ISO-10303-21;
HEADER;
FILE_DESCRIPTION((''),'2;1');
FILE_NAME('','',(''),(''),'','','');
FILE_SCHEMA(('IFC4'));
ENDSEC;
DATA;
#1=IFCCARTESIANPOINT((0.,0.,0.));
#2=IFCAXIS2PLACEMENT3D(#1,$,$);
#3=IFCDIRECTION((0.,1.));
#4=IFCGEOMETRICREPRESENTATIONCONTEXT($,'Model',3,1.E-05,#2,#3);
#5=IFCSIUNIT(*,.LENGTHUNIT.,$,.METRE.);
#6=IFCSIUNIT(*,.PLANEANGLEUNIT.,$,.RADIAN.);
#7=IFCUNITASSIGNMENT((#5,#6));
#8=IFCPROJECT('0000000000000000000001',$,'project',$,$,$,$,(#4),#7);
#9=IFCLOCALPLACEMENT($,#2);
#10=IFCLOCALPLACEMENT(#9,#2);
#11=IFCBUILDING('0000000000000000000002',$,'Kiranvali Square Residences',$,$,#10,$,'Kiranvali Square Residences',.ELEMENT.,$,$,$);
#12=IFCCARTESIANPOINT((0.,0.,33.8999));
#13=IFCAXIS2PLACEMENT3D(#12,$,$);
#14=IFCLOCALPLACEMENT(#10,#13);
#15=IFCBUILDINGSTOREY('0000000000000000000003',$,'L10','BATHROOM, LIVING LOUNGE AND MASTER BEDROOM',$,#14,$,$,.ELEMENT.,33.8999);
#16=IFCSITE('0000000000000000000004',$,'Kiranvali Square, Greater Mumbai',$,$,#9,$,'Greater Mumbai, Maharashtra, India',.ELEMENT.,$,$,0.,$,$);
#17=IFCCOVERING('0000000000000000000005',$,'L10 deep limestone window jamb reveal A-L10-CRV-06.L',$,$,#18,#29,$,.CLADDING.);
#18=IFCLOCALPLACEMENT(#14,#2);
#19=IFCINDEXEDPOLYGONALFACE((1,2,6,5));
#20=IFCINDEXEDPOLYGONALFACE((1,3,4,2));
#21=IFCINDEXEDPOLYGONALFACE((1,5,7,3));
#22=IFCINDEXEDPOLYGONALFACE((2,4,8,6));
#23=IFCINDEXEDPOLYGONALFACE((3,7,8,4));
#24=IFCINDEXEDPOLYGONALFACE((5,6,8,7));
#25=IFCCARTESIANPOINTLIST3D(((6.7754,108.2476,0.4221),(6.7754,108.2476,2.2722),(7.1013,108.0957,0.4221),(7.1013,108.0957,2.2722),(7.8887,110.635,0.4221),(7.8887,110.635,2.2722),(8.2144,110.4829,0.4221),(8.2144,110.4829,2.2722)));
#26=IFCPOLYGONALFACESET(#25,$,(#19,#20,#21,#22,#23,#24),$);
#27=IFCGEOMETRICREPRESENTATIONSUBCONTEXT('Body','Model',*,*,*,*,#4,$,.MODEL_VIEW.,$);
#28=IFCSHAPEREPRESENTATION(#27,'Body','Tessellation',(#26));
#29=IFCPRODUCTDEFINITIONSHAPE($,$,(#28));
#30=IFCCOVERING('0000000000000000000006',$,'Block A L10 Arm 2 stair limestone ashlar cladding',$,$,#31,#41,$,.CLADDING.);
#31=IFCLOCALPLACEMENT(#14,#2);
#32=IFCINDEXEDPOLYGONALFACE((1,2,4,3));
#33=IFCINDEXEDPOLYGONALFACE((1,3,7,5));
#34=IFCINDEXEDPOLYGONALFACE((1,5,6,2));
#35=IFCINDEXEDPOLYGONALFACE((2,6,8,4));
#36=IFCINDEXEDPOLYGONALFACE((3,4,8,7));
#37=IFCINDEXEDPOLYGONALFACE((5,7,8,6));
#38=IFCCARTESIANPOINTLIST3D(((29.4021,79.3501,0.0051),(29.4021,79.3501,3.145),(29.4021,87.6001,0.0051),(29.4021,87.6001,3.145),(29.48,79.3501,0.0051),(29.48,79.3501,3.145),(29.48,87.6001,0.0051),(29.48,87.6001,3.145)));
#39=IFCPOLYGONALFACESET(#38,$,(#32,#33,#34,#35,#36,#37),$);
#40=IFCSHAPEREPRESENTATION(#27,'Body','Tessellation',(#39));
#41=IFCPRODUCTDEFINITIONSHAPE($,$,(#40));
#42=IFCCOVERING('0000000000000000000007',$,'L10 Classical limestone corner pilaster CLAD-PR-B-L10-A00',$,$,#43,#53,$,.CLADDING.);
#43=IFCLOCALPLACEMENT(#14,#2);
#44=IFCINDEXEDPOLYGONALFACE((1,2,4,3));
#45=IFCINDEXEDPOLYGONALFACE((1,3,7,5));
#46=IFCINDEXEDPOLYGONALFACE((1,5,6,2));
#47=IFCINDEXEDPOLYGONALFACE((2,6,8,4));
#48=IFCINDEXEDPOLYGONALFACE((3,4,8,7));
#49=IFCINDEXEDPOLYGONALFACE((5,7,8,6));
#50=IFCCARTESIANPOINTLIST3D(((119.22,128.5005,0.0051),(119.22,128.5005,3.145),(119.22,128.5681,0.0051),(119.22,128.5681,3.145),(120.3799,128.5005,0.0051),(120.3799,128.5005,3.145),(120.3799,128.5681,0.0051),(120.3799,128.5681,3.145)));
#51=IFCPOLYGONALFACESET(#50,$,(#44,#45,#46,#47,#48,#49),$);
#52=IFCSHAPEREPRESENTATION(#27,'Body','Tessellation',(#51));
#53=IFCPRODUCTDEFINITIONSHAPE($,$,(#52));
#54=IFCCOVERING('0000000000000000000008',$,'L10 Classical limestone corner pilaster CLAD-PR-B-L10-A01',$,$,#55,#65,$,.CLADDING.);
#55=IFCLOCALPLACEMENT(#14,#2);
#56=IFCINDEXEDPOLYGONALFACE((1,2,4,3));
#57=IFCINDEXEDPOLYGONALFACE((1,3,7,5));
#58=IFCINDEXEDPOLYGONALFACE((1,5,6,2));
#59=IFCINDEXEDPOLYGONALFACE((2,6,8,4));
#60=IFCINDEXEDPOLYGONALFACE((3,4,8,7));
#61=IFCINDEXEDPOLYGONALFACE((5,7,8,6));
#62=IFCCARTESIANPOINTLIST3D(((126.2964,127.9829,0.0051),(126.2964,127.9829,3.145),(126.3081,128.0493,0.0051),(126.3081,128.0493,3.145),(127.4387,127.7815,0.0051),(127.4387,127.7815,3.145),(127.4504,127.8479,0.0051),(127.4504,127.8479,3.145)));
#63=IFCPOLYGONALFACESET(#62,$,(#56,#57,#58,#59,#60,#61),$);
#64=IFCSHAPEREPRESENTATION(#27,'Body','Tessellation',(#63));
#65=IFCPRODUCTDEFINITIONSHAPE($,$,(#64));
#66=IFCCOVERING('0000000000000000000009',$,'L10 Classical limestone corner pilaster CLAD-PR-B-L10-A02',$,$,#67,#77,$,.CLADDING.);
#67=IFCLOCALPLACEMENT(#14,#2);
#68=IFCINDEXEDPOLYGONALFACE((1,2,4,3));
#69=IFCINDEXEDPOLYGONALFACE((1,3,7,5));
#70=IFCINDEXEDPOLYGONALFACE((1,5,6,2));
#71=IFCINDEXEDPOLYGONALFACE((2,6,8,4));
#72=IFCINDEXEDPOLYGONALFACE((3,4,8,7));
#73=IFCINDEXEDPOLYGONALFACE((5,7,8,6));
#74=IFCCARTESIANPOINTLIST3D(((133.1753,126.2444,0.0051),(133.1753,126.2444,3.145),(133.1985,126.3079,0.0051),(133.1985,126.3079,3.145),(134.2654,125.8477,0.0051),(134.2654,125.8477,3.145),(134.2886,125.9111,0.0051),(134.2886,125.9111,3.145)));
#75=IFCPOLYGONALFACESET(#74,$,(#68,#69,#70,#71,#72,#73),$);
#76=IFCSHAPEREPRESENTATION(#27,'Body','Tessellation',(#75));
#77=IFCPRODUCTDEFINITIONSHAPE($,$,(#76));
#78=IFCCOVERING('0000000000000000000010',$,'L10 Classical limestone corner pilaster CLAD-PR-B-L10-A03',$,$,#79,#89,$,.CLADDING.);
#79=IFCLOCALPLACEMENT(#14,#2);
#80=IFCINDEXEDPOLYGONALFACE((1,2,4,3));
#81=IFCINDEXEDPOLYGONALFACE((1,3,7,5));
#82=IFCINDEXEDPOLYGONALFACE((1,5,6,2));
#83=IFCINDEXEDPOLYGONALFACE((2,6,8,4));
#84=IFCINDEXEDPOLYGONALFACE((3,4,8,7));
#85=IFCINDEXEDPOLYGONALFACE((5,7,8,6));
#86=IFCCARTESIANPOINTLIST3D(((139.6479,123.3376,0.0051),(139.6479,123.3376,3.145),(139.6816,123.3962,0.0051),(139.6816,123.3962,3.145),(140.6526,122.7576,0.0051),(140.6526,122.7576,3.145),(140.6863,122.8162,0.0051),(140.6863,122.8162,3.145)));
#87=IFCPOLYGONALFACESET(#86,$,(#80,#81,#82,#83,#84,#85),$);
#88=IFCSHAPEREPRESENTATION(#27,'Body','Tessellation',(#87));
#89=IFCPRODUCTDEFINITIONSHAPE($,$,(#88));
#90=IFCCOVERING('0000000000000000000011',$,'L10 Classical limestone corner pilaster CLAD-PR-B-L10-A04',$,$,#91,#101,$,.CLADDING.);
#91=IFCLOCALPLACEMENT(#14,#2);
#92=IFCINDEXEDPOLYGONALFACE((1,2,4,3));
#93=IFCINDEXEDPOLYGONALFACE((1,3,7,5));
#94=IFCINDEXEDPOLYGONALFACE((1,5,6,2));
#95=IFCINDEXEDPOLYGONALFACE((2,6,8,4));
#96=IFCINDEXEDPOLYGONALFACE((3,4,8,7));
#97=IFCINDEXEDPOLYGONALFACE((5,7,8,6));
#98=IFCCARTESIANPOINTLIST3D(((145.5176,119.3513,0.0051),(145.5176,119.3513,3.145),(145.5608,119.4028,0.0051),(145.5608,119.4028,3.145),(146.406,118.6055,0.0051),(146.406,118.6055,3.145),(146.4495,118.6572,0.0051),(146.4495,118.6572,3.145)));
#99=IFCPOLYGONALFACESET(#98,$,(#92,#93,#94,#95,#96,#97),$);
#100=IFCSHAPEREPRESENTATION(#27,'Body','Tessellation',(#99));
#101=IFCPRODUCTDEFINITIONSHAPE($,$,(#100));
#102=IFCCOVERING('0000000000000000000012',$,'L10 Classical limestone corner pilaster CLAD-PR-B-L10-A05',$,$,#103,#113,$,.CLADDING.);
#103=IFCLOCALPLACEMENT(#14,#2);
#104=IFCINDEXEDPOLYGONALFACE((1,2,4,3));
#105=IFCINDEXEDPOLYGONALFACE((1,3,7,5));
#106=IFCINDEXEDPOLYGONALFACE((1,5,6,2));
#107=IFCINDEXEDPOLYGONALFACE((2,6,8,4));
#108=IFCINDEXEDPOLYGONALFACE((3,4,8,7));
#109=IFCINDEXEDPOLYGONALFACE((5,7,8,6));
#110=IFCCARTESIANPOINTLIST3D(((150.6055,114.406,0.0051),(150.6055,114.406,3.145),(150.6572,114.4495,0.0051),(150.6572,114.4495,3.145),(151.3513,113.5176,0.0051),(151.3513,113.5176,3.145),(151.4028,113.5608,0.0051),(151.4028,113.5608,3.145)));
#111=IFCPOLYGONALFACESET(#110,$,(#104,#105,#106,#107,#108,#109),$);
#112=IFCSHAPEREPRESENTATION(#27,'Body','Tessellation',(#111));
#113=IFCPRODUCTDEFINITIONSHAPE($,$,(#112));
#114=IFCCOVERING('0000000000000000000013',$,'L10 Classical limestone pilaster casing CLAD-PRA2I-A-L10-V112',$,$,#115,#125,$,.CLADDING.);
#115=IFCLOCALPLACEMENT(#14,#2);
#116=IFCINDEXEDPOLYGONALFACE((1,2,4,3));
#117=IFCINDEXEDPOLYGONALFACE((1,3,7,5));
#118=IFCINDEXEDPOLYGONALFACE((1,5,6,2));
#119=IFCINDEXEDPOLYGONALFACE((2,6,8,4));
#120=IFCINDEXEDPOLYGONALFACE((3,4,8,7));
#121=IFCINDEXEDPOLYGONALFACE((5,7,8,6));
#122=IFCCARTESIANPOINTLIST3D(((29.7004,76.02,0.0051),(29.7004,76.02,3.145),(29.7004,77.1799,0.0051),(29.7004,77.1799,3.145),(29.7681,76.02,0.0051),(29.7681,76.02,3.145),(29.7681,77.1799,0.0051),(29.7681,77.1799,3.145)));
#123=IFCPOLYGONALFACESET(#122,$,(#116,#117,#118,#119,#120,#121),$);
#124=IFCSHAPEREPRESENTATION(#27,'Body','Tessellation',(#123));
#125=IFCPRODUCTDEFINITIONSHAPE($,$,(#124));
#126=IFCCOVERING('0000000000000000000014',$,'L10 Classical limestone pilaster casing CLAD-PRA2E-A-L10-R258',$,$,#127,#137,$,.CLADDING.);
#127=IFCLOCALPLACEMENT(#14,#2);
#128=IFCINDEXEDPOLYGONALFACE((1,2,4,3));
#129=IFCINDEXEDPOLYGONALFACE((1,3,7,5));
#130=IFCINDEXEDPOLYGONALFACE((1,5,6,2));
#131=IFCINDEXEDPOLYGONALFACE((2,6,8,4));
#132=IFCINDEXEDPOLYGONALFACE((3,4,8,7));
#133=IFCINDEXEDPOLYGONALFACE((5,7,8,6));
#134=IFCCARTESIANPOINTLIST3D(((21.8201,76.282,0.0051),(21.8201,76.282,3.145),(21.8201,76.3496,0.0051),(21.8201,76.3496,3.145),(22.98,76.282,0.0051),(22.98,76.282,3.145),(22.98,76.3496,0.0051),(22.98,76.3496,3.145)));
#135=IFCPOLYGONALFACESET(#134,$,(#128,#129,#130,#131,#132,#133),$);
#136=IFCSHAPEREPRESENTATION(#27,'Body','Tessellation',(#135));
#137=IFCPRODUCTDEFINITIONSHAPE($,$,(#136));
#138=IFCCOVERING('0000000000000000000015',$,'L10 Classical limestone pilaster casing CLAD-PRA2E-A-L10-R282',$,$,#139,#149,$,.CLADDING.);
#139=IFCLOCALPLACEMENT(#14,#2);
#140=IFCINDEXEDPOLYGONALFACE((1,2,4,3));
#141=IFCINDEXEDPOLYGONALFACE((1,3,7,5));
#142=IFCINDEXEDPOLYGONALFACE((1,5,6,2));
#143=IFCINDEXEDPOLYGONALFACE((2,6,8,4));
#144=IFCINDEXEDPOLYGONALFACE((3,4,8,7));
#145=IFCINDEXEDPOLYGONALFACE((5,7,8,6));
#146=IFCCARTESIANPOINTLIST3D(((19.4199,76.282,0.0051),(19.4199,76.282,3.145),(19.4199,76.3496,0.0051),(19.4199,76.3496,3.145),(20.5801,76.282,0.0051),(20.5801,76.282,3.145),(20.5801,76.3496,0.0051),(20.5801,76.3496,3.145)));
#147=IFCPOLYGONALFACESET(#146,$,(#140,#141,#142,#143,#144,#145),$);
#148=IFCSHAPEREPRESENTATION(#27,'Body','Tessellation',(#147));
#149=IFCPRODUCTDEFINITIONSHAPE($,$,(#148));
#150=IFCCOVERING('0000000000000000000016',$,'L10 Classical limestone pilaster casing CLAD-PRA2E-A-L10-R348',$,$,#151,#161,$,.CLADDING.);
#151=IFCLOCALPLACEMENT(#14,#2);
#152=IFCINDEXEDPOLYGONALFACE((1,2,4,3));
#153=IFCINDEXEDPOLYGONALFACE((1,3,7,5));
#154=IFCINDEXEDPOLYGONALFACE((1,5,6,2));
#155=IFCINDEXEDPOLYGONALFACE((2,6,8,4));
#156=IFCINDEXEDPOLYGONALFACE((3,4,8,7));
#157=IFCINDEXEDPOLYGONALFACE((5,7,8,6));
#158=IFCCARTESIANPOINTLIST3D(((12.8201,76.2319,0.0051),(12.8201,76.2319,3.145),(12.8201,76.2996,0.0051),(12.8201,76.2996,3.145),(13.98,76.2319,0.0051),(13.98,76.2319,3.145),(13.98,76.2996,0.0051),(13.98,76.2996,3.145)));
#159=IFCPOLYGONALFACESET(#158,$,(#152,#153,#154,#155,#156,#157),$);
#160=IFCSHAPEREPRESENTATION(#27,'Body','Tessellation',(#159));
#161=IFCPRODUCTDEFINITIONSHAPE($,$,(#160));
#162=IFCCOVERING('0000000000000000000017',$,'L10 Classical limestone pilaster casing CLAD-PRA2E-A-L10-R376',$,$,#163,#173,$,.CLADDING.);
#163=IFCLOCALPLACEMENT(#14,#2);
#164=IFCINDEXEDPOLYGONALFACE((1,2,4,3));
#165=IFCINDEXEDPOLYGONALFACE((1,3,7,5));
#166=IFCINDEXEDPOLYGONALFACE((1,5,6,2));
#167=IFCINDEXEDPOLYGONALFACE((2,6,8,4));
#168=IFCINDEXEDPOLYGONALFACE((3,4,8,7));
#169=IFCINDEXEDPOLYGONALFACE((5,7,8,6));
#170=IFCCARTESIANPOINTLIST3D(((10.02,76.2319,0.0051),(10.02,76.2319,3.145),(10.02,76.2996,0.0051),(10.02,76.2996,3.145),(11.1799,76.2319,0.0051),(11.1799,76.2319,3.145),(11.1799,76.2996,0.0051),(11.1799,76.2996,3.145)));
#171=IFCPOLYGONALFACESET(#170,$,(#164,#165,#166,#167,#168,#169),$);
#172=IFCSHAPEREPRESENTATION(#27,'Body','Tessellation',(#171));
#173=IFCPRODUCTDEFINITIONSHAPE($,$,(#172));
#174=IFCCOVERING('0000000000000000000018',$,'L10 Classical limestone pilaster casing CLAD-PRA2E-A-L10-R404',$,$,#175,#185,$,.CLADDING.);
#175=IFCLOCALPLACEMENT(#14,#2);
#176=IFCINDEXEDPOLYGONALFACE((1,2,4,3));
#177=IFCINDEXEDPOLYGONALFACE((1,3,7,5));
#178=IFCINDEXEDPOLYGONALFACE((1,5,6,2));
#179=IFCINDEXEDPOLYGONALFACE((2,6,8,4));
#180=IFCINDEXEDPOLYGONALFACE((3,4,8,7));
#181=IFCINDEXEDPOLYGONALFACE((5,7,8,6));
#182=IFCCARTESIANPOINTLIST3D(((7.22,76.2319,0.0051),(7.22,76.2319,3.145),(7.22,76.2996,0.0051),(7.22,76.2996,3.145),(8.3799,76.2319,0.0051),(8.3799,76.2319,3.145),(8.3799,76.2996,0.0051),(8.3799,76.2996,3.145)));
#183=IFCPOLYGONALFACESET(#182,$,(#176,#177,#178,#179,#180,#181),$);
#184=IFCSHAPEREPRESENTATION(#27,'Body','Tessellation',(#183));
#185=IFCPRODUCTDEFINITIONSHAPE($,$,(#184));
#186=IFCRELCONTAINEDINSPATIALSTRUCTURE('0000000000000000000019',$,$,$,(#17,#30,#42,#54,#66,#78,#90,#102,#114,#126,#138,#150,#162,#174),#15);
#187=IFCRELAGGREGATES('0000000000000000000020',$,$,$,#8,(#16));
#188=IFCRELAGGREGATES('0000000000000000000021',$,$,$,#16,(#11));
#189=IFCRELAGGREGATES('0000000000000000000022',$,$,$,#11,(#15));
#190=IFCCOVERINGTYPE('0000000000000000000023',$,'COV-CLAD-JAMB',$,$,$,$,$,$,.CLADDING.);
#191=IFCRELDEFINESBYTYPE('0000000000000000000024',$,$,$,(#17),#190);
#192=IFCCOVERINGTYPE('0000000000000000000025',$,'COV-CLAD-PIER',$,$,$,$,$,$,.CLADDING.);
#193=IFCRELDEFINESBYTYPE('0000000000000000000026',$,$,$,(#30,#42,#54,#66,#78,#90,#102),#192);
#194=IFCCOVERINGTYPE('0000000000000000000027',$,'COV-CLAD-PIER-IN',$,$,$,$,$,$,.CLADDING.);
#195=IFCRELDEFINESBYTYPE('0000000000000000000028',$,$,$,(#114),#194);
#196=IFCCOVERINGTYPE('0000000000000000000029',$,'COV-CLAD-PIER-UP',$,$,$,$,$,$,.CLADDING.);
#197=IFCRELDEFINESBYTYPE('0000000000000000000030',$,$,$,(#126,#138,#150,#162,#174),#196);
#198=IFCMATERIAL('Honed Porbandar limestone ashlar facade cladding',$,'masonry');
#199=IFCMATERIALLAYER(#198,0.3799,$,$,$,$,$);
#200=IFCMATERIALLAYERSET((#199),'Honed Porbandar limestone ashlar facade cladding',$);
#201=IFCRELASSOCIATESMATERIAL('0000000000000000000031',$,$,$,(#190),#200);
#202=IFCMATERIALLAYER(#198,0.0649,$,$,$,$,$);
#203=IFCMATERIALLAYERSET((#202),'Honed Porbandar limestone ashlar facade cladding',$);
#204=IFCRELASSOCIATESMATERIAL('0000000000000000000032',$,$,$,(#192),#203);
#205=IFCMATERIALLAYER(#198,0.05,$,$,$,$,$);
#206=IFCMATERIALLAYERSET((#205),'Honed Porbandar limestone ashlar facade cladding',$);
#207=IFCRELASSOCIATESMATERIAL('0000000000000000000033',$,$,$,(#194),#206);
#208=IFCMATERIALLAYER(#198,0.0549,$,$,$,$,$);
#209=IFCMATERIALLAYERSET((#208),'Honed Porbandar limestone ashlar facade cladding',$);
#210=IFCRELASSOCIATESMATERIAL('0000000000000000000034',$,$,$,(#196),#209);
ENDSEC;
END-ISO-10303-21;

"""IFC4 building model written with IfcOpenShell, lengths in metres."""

from ifc_helpers import new_model, si_unit, direction, frame, origin, place, context, subcontext, project, spatial, polyline, outline, extrude, material, layer, layer_set, type_object, element, save


model = new_model("IFC4")

# Units and contexts
model_context = context("Model", 3, precision=1e-05, world=origin(), true_north=direction((0.0, 1.0)))
body_context = subcontext(model_context, "Body", "Model", "MODEL_VIEW")
ifc_project = project(units=[si_unit("LENGTHUNIT", "METRE"), si_unit("PLANEANGLEUNIT", "RADIAN")], contexts=[model_context])

# Site, building, storey
site_placement = place(None, origin())
site = spatial("IfcSite", under=ifc_project, at=site_placement, Name="Kiranvali Square, Greater Mumbai", LongName="Greater Mumbai, Maharashtra, India", CompositionType="ELEMENT", RefElevation=0.0)
building_placement = place(site_placement, origin())
building = spatial("IfcBuilding", under=site, at=building_placement, Name="Kiranvali Square Residences", LongName="Kiranvali Square Residences", CompositionType="ELEMENT")
storey_placement = place(building_placement, frame((0.0, 0.0, 33.8999)))
storey = spatial("IfcBuildingStorey", under=building, at=storey_placement, Name="L10", Description="BATHROOM, LIVING LOUNGE AND MASTER BEDROOM", CompositionType="ELEMENT", Elevation=33.8999)

# Coverings
ifc_material = material(Name="Honed Porbandar limestone ashlar facade cladding", Category="masonry")
ifc_layer_1 = layer(ifc_material, 0.3799)
ifc_layer_set_1 = layer_set([ifc_layer_1], Name="Honed Porbandar limestone ashlar facade cladding")
covering_type_1 = type_object("IfcCoveringType", Name="COV-CLAD-JAMB", PredefinedType="CLADDING", material=ifc_layer_set_1)
covering_1_placement = place(storey_placement, frame((0.0, 0.0, 0.4221)))
element("IfcCovering", 1, at=covering_1_placement, inside=storey, type_object=covering_type_1, Name="L10 deep limestone window jamb reveal A-L10-CRV-06.L", PredefinedType="CLADDING", context=body_context, shape_type="SweptSolid", body=[
    extrude(outline(polyline([(7.8887, 110.635), (6.7754, 108.2476), (7.1013, 108.0957), (8.2144, 110.4829), (7.8887, 110.635)])), origin(), (0.0, 0.0, 1.0), 1.8501),
])
ifc_layer_2 = layer(ifc_material, 0.0649)
ifc_layer_set_2 = layer_set([ifc_layer_2], Name="Honed Porbandar limestone ashlar facade cladding")
covering_type_2 = type_object("IfcCoveringType", Name="COV-CLAD-PIER", PredefinedType="CLADDING", material=ifc_layer_set_2)
covering_2_placement = place(storey_placement, frame((0.0, 0.0, 0.0051)))
element("IfcCovering", 2, at=covering_2_placement, inside=storey, type_object=covering_type_2, Name="Block A L10 Arm 2 stair limestone ashlar cladding", PredefinedType="CLADDING", context=body_context, shape_type="SweptSolid", body=[
    extrude(outline(polyline([(29.4021, 87.6001), (29.4021, 79.3501), (29.48, 79.3501), (29.48, 87.6001), (29.4021, 87.6001)])), origin(), (0.0, 0.0, 1.0), 3.1399),
])
covering_3_placement = place(storey_placement, frame((0.0, 0.0, 0.0051)))
element("IfcCovering", 3, at=covering_3_placement, inside=storey, type_object=covering_type_2, Name="L10 Classical limestone corner pilaster CLAD-PR-B-L10-A00", PredefinedType="CLADDING", context=body_context, shape_type="SweptSolid", body=[
    extrude(outline(polyline([(120.3799, 128.5681), (119.22, 128.5681), (119.22, 128.5005), (120.3799, 128.5005), (120.3799, 128.5681)])), origin(), (0.0, 0.0, 1.0), 3.1399),
])
covering_4_placement = place(storey_placement, frame((0.0, 0.0, 0.0051)))
element("IfcCovering", 4, at=covering_4_placement, inside=storey, type_object=covering_type_2, Name="L10 Classical limestone corner pilaster CLAD-PR-B-L10-A01", PredefinedType="CLADDING", context=body_context, shape_type="SweptSolid", body=[
    extrude(outline(polyline([(127.4504, 127.8479), (126.3081, 128.0493), (126.2964, 127.9829), (127.4387, 127.7815), (127.4504, 127.8479)])), origin(), (0.0, 0.0, 1.0), 3.1399),
])
covering_5_placement = place(storey_placement, frame((0.0, 0.0, 0.0051)))
element("IfcCovering", 5, at=covering_5_placement, inside=storey, type_object=covering_type_2, Name="L10 Classical limestone corner pilaster CLAD-PR-B-L10-A02", PredefinedType="CLADDING", context=body_context, shape_type="SweptSolid", body=[
    extrude(outline(polyline([(134.2886, 125.9111), (133.1985, 126.3079), (133.1753, 126.2444), (134.2654, 125.8477), (134.2886, 125.9111)])), origin(), (0.0, 0.0, 1.0), 3.1399),
])
covering_6_placement = place(storey_placement, frame((0.0, 0.0, 0.0051)))
element("IfcCovering", 6, at=covering_6_placement, inside=storey, type_object=covering_type_2, Name="L10 Classical limestone corner pilaster CLAD-PR-B-L10-A03", PredefinedType="CLADDING", context=body_context, shape_type="SweptSolid", body=[
    extrude(outline(polyline([(140.6863, 122.8162), (139.6816, 123.3962), (139.6479, 123.3376), (140.6526, 122.7576), (140.6863, 122.8162)])), origin(), (0.0, 0.0, 1.0), 3.1399),
])
covering_7_placement = place(storey_placement, frame((0.0, 0.0, 0.0051)))
element("IfcCovering", 7, at=covering_7_placement, inside=storey, type_object=covering_type_2, Name="L10 Classical limestone corner pilaster CLAD-PR-B-L10-A04", PredefinedType="CLADDING", context=body_context, shape_type="SweptSolid", body=[
    extrude(outline(polyline([(146.4495, 118.6572), (145.5608, 119.4028), (145.5176, 119.3513), (146.406, 118.6055), (146.4495, 118.6572)])), origin(), (0.0, 0.0, 1.0), 3.1399),
])
covering_8_placement = place(storey_placement, frame((0.0, 0.0, 0.0051)))
element("IfcCovering", 8, at=covering_8_placement, inside=storey, type_object=covering_type_2, Name="L10 Classical limestone corner pilaster CLAD-PR-B-L10-A05", PredefinedType="CLADDING", context=body_context, shape_type="SweptSolid", body=[
    extrude(outline(polyline([(151.4028, 113.5608), (150.6572, 114.4495), (150.6055, 114.406), (151.3513, 113.5176), (151.4028, 113.5608)])), origin(), (0.0, 0.0, 1.0), 3.1399),
])
ifc_layer_3 = layer(ifc_material, 0.05)
ifc_layer_set_3 = layer_set([ifc_layer_3], Name="Honed Porbandar limestone ashlar facade cladding")
covering_type_3 = type_object("IfcCoveringType", Name="COV-CLAD-PIER-IN", PredefinedType="CLADDING", material=ifc_layer_set_3)
covering_9_placement = place(storey_placement, frame((0.0, 0.0, 0.0051)))
element("IfcCovering", 9, at=covering_9_placement, inside=storey, type_object=covering_type_3, Name="L10 Classical limestone pilaster casing CLAD-PRA2I-A-L10-V112", PredefinedType="CLADDING", context=body_context, shape_type="SweptSolid", body=[
    extrude(outline(polyline([(29.7004, 77.1799), (29.7004, 76.02), (29.7681, 76.02), (29.7681, 77.1799), (29.7004, 77.1799)])), origin(), (0.0, 0.0, 1.0), 3.1399),
])
ifc_layer_4 = layer(ifc_material, 0.0549)
ifc_layer_set_4 = layer_set([ifc_layer_4], Name="Honed Porbandar limestone ashlar facade cladding")
covering_type_4 = type_object("IfcCoveringType", Name="COV-CLAD-PIER-UP", PredefinedType="CLADDING", material=ifc_layer_set_4)
covering_10_placement = place(storey_placement, frame((0.0, 0.0, 0.0051)))
element("IfcCovering", 10, at=covering_10_placement, inside=storey, type_object=covering_type_4, Name="L10 Classical limestone pilaster casing CLAD-PRA2E-A-L10-R258", PredefinedType="CLADDING", context=body_context, shape_type="SweptSolid", body=[
    extrude(outline(polyline([(22.98, 76.3496), (21.8201, 76.3496), (21.8201, 76.282), (22.98, 76.282), (22.98, 76.3496)])), origin(), (0.0, 0.0, 1.0), 3.1399),
])
covering_11_placement = place(storey_placement, frame((0.0, 0.0, 0.0051)))
element("IfcCovering", 11, at=covering_11_placement, inside=storey, type_object=covering_type_4, Name="L10 Classical limestone pilaster casing CLAD-PRA2E-A-L10-R282", PredefinedType="CLADDING", context=body_context, shape_type="SweptSolid", body=[
    extrude(outline(polyline([(20.5801, 76.3496), (19.4199, 76.3496), (19.4199, 76.282), (20.5801, 76.282), (20.5801, 76.3496)])), origin(), (0.0, 0.0, 1.0), 3.1399),
])
covering_12_placement = place(storey_placement, frame((0.0, 0.0, 0.0051)))
element("IfcCovering", 12, at=covering_12_placement, inside=storey, type_object=covering_type_4, Name="L10 Classical limestone pilaster casing CLAD-PRA2E-A-L10-R348", PredefinedType="CLADDING", context=body_context, shape_type="SweptSolid", body=[
    extrude(outline(polyline([(13.98, 76.2996), (12.8201, 76.2996), (12.8201, 76.2319), (13.98, 76.2319), (13.98, 76.2996)])), origin(), (0.0, 0.0, 1.0), 3.1399),
])
covering_13_placement = place(storey_placement, frame((0.0, 0.0, 0.0051)))
element("IfcCovering", 13, at=covering_13_placement, inside=storey, type_object=covering_type_4, Name="L10 Classical limestone pilaster casing CLAD-PRA2E-A-L10-R376", PredefinedType="CLADDING", context=body_context, shape_type="SweptSolid", body=[
    extrude(outline(polyline([(11.1799, 76.2996), (10.02, 76.2996), (10.02, 76.2319), (11.1799, 76.2319), (11.1799, 76.2996)])), origin(), (0.0, 0.0, 1.0), 3.1399),
])
covering_14_placement = place(storey_placement, frame((0.0, 0.0, 0.0051)))
element("IfcCovering", 14, at=covering_14_placement, inside=storey, type_object=covering_type_4, Name="L10 Classical limestone pilaster casing CLAD-PRA2E-A-L10-R404", PredefinedType="CLADDING", context=body_context, shape_type="SweptSolid", body=[
    extrude(outline(polyline([(8.3799, 76.2996), (7.22, 76.2996), (7.22, 76.2319), (8.3799, 76.2319), (8.3799, 76.2996)])), origin(), (0.0, 0.0, 1.0), 3.1399),
])

save(model, "model.ifc")
